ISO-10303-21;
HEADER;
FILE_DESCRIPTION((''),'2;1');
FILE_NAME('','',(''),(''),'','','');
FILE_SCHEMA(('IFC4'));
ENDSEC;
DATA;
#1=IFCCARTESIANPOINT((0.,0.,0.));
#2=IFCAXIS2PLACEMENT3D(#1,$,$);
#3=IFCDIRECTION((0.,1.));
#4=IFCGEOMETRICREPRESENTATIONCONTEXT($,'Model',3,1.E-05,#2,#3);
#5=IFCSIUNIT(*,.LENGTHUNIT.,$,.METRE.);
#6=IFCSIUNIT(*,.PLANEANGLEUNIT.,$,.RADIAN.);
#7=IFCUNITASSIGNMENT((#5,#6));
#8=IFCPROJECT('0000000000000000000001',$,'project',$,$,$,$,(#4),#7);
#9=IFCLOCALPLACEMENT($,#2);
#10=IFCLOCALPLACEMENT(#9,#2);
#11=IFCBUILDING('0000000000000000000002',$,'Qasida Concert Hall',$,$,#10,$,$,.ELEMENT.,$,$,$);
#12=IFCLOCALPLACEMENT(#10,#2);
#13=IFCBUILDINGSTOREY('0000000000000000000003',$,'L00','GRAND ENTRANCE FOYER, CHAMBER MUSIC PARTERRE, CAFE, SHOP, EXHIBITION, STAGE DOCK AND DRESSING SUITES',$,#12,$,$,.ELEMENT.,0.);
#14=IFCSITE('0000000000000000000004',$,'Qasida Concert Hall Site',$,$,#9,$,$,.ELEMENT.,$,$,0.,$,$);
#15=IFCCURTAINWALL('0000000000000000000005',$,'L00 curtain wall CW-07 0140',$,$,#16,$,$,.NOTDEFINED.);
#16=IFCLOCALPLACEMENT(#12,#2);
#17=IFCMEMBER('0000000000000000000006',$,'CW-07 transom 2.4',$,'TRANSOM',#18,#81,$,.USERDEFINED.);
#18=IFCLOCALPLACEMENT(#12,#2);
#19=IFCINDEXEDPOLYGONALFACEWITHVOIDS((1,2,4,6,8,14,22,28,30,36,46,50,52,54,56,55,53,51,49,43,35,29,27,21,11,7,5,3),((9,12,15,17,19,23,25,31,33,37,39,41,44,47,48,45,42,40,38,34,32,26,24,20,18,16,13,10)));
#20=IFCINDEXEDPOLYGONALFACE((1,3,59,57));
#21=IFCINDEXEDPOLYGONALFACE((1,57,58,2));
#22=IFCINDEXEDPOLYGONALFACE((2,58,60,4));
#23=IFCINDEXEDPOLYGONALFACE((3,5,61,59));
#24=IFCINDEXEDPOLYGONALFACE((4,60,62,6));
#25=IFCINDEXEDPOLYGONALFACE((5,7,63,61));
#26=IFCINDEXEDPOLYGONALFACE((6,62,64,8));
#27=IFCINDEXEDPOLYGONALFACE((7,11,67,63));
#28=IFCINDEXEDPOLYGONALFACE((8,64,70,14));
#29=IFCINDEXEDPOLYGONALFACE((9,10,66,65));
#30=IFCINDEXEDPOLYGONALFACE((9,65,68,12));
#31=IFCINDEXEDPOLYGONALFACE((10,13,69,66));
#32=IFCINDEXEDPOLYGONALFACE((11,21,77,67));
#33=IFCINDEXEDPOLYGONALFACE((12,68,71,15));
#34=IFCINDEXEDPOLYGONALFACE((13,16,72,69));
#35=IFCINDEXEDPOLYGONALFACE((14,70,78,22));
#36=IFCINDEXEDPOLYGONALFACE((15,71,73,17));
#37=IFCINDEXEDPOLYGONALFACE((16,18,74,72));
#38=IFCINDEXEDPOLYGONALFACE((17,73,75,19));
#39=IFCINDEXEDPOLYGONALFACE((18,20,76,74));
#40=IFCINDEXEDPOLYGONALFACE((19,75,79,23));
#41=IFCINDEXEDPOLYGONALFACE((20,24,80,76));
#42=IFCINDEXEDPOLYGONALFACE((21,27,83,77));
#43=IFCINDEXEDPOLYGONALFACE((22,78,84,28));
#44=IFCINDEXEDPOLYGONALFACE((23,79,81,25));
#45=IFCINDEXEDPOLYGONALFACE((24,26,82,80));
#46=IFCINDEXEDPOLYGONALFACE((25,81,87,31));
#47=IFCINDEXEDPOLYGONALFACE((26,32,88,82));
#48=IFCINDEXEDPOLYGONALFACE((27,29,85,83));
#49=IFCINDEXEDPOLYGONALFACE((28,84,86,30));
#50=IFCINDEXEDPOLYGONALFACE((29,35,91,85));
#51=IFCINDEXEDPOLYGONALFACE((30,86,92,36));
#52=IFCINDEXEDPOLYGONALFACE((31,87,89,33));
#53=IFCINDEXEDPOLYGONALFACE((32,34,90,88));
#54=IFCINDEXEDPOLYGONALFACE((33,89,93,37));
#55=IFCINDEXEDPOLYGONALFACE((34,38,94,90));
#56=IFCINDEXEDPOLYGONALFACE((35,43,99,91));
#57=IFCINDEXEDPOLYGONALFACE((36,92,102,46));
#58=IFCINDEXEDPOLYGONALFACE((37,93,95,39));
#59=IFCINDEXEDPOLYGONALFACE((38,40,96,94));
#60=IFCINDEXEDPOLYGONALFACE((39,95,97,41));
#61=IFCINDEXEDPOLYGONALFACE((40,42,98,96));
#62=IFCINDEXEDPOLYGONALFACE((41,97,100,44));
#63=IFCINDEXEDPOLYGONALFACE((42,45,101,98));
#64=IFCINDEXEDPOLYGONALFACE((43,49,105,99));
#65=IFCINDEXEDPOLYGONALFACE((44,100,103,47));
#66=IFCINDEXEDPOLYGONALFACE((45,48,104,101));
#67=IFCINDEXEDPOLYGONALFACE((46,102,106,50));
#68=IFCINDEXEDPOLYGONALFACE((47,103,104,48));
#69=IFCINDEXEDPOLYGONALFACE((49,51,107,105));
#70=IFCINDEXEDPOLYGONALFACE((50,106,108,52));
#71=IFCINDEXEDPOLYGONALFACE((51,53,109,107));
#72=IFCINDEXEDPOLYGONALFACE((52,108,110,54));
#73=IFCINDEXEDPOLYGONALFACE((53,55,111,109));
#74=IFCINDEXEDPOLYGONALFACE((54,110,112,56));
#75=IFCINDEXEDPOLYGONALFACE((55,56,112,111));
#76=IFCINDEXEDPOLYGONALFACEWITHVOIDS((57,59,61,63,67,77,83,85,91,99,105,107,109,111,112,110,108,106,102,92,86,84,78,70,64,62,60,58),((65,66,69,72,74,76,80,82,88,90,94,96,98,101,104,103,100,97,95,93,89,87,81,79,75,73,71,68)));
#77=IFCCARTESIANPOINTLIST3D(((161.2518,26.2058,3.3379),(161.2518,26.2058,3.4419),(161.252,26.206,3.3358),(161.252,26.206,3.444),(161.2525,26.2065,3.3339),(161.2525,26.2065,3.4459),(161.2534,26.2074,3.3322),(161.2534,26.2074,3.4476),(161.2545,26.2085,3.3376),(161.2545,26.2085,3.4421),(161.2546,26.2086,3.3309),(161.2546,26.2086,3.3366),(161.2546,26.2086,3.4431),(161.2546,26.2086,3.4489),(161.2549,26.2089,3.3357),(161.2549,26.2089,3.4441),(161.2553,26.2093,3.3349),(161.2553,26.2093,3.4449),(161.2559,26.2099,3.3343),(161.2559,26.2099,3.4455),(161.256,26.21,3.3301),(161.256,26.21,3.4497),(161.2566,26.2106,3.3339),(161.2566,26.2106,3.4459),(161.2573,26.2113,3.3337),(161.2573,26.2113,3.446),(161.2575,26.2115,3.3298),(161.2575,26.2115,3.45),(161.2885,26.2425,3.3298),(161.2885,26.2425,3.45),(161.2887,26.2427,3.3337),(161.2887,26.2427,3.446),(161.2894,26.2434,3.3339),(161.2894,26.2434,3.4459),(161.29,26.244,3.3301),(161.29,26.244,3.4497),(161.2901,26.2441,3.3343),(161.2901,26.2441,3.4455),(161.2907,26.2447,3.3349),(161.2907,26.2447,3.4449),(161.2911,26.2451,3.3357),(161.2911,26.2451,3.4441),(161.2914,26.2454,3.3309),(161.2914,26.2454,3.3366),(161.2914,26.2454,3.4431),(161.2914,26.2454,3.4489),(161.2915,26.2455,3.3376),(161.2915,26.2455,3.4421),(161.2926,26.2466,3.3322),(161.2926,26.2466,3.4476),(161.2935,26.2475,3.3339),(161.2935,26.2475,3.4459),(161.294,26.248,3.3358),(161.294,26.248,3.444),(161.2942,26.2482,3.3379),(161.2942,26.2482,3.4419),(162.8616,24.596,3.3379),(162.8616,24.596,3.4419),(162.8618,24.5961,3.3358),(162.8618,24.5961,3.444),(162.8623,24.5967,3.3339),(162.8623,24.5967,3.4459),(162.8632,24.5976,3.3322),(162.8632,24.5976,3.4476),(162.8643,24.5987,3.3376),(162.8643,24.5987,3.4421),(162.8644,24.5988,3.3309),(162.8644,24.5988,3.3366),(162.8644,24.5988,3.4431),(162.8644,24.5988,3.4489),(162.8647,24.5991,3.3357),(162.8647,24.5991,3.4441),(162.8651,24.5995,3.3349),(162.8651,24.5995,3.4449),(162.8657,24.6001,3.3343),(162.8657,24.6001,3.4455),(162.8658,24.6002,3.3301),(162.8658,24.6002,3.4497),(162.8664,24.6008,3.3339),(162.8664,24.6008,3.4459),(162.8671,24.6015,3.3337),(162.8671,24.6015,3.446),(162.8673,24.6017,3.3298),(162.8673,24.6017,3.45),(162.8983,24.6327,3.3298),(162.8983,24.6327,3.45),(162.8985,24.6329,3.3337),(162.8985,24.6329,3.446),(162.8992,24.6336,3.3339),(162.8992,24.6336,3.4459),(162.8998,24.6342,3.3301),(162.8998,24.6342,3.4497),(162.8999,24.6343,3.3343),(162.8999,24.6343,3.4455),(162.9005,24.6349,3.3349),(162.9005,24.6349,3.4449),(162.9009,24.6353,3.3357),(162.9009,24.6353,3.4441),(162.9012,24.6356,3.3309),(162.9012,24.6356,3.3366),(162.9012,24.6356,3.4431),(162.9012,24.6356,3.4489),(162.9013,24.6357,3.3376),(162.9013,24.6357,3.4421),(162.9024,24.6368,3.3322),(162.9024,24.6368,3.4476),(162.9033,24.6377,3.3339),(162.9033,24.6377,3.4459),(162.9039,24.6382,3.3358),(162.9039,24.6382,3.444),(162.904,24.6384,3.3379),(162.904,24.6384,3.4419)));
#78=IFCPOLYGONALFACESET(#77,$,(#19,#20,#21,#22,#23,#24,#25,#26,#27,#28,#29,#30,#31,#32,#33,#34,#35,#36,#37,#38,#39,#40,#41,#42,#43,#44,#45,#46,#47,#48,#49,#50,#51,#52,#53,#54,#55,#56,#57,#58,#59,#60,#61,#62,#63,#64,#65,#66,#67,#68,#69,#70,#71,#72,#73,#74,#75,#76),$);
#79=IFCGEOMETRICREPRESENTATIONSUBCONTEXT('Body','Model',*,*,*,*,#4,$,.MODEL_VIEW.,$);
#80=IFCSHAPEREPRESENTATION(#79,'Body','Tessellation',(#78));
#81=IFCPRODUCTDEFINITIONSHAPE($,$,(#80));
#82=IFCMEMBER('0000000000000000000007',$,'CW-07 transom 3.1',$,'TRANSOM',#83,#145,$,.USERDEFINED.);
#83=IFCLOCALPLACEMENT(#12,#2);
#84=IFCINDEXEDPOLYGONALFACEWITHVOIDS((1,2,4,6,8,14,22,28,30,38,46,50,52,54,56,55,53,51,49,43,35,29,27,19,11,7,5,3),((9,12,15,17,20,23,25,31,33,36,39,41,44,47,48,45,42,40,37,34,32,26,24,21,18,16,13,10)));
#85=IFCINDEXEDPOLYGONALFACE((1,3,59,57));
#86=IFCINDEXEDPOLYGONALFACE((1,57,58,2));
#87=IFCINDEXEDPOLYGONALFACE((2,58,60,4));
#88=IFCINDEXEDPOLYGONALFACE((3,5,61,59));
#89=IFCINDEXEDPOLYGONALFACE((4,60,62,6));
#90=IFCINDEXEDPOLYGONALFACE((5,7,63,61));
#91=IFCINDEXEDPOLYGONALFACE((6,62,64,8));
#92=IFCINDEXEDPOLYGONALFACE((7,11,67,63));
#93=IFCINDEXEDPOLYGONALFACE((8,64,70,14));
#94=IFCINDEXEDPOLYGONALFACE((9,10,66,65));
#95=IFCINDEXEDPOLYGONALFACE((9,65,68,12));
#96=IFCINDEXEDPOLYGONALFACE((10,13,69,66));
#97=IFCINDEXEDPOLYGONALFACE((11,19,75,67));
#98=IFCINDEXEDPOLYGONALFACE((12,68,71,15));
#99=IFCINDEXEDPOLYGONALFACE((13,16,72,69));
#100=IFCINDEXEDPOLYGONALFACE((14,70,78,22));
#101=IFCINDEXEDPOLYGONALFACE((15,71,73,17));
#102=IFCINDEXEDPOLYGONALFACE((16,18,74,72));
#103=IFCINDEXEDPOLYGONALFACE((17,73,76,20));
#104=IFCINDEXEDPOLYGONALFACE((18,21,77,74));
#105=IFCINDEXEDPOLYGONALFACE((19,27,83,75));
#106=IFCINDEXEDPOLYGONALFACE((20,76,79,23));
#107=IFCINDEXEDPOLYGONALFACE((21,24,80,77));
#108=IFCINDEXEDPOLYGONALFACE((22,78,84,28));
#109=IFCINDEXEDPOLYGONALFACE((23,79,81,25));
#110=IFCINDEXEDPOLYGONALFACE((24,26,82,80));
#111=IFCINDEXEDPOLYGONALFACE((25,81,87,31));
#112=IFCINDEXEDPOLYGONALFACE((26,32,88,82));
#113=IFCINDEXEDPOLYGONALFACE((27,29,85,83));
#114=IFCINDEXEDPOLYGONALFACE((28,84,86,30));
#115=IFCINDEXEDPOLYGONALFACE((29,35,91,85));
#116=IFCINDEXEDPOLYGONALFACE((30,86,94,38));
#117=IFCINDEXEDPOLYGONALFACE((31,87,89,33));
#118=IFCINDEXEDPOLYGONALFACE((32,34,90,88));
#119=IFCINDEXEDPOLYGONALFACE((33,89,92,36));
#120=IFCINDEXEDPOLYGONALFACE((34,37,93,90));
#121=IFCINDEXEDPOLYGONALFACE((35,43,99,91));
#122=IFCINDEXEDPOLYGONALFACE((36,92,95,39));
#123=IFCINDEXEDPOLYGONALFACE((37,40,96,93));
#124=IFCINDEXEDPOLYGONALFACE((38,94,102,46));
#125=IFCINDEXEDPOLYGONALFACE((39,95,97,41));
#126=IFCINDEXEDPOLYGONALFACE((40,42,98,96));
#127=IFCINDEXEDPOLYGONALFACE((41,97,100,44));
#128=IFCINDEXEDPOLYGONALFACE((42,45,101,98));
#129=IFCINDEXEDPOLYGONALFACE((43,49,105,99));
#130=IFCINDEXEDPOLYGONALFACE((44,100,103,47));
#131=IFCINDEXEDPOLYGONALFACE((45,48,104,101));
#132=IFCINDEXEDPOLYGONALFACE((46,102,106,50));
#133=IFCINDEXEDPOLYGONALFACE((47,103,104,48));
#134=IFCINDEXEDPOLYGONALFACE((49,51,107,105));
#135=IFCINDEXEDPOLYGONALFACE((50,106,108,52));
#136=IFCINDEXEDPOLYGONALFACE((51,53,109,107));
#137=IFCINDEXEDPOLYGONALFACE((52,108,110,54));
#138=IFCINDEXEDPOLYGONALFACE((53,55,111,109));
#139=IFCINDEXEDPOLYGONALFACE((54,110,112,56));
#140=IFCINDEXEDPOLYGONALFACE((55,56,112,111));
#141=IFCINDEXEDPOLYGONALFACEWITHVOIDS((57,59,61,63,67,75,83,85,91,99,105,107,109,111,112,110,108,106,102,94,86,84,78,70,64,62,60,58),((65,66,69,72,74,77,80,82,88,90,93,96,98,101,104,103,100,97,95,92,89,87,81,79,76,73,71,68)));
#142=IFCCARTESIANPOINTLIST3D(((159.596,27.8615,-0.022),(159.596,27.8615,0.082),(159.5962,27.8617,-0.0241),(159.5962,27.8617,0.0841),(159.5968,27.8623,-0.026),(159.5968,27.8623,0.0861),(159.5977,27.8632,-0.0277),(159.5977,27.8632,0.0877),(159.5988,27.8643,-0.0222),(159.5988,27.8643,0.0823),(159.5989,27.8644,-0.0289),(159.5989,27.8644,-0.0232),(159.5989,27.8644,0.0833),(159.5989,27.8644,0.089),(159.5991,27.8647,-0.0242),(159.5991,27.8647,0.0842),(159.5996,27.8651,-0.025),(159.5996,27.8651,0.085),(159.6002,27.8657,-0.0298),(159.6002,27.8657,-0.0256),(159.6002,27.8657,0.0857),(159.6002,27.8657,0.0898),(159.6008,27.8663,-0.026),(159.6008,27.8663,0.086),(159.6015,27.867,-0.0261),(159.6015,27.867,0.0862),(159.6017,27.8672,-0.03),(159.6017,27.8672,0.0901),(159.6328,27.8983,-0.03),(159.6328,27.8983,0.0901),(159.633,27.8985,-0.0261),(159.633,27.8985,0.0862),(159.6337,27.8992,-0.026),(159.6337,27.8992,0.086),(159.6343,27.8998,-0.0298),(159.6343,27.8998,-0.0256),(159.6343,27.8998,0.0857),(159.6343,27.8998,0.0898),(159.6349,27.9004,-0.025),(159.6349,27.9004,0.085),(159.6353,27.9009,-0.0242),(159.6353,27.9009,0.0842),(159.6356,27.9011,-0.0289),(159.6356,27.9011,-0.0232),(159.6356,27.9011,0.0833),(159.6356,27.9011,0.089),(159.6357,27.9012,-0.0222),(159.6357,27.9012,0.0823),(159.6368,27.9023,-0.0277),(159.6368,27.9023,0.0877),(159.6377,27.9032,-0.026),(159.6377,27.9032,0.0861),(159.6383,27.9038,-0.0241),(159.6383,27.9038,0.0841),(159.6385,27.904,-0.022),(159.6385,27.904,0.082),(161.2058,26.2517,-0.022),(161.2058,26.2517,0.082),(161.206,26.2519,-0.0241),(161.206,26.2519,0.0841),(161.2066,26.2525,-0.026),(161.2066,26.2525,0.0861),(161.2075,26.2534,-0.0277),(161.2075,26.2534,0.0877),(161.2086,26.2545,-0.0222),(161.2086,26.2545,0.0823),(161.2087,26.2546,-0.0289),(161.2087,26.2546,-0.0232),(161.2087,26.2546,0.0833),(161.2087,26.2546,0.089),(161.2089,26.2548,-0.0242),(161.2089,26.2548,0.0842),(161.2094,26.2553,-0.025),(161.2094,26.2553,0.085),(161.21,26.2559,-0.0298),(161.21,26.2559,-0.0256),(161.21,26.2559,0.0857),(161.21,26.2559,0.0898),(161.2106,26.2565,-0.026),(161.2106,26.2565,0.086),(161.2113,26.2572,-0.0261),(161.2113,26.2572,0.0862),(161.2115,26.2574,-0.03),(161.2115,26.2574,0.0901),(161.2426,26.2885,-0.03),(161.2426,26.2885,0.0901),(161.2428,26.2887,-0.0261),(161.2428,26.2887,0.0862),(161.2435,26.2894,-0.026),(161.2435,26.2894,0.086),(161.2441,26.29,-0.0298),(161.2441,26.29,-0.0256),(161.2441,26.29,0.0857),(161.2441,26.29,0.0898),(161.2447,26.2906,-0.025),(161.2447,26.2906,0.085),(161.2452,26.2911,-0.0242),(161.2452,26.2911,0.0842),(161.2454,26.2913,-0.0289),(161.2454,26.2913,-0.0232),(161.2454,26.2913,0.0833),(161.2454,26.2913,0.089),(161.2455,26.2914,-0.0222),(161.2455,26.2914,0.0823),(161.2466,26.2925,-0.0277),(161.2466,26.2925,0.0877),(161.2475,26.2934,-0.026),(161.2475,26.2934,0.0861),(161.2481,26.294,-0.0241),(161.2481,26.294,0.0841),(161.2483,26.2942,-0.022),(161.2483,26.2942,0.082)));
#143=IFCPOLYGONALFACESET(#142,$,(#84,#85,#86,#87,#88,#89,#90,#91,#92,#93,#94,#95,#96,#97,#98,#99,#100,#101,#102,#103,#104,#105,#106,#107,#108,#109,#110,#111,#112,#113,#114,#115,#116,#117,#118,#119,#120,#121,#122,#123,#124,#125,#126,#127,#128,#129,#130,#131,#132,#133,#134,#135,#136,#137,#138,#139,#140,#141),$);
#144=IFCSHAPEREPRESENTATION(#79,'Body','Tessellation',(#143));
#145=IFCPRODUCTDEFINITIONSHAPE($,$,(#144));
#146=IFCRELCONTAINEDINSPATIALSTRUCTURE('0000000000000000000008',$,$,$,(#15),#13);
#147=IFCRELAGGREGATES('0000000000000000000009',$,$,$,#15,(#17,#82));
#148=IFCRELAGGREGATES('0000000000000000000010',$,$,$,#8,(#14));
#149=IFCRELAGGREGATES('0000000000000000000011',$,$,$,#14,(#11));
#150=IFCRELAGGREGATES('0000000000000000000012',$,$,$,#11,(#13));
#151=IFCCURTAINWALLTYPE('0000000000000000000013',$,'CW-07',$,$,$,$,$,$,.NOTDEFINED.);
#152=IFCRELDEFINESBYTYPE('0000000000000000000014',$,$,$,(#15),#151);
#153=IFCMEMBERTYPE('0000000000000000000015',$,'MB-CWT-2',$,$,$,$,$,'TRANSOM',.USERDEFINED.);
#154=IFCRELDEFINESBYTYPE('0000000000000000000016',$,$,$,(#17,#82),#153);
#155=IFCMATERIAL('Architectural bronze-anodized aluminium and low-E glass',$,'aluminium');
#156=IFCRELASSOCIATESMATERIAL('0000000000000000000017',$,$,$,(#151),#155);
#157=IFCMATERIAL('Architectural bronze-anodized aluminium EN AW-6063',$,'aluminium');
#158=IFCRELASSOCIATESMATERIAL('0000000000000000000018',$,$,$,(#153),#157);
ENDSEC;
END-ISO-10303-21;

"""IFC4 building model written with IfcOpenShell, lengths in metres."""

from ifc_helpers import new_model, si_unit, direction, frame, origin, origin_2d, place, context, subcontext, project, spatial, hollow_rectangle, extrude, material, material_profile, profile_set, type_object, element, aggregate, save


model = new_model("IFC4")

# Units and contexts
model_context = context("Model", 3, precision=1e-05, world=origin(), true_north=direction((0.0, 1.0)))
body_context = subcontext(model_context, "Body", "Model", "MODEL_VIEW")
ifc_project = project(units=[si_unit("LENGTHUNIT", "METRE"), si_unit("PLANEANGLEUNIT", "RADIAN")], contexts=[model_context])

# Site, building, storey
site_placement = place(None, origin())
site = spatial("IfcSite", under=ifc_project, at=site_placement, Name="Qasida Concert Hall Site", CompositionType="ELEMENT", RefElevation=0.0)
building_placement = place(site_placement, origin())
building = spatial("IfcBuilding", under=site, at=building_placement, Name="Qasida Concert Hall", CompositionType="ELEMENT")
storey_placement = place(building_placement, origin())
storey = spatial("IfcBuildingStorey", under=building, at=storey_placement, Name="L00", Description="GRAND ENTRANCE FOYER, CHAMBER MUSIC PARTERRE, CAFE, SHOP, EXHIBITION, STAGE DOCK AND DRESSING SUITES", CompositionType="ELEMENT", Elevation=0.0)

# Curtain wall, members
ifc_material_1 = material(Name="Architectural bronze-anodized aluminium and low-E glass", Category="aluminium")
curtain_wall_type = type_object("IfcCurtainWallType", Name="CW-07", PredefinedType="NOTDEFINED", material=ifc_material_1)
curtain_wall_placement = place(storey_placement, origin())
curtain_wall = element("IfcCurtainWall", 1, at=curtain_wall_placement, inside=storey, type_object=curtain_wall_type, Name="L00 curtain wall CW-07 0140", PredefinedType="NOTDEFINED")
ifc_material_2 = material(Name="Architectural bronze-anodized aluminium EN AW-6063", Category="aluminium")
ifc_material_profile_1 = material_profile(ifc_material_2, hollow_rectangle(XDim=0.0601, YDim=0.1201, WallThickness=0.0039, InnerFilletRadius=0.0039, OuterFilletRadius=0.0081, at=origin_2d()), Name="CWT 120x60x4")
ifc_profile_set_1 = profile_set([ifc_material_profile_1], Name="Architectural bronze-anodized aluminium EN AW-6063")
member_type_1 = type_object("IfcMemberType", Name="MB-CWT-2", ElementType="TRANSOM", PredefinedType="USERDEFINED", material=ifc_profile_set_1)
member_1_placement = place(storey_placement, frame((162.8828, 24.6172, 3.3899), z_axis=(-0.707107, 0.707107, 0.0), x_axis=(-0.707107, -0.707107, 0.0)))
member_1 = element("IfcMember", 2, at=member_1_placement, type_object=member_type_1, Name="CW-07 transom 2.4", ObjectType="TRANSOM", PredefinedType="USERDEFINED", context=body_context, shape_type="SweptSolid", body=[
    extrude(hollow_rectangle(XDim=0.0601, YDim=0.1201, WallThickness=0.0039, InnerFilletRadius=0.0039, OuterFilletRadius=0.0081, at=origin_2d()), origin(), (0.0, 0.0, 1.0), 2.2766),
])
member_2_placement = place(storey_placement, frame((161.2271, 26.2729, 0.03), z_axis=(-0.707107, 0.707107, 0.0), x_axis=(-0.707107, -0.707107, 0.0)))
member_2 = element("IfcMember", 3, at=member_2_placement, type_object=member_type_1, Name="CW-07 transom 3.1", ObjectType="TRANSOM", PredefinedType="USERDEFINED", context=body_context, shape_type="SweptSolid", body=[
    extrude(hollow_rectangle(XDim=0.0601, YDim=0.1201, WallThickness=0.0039, InnerFilletRadius=0.0039, OuterFilletRadius=0.0081, at=origin_2d()), origin(), (0.0, 0.0, 1.0), 2.2766),
])
aggregate(curtain_wall, [member_1, member_2])

save(model, "model.ifc")
